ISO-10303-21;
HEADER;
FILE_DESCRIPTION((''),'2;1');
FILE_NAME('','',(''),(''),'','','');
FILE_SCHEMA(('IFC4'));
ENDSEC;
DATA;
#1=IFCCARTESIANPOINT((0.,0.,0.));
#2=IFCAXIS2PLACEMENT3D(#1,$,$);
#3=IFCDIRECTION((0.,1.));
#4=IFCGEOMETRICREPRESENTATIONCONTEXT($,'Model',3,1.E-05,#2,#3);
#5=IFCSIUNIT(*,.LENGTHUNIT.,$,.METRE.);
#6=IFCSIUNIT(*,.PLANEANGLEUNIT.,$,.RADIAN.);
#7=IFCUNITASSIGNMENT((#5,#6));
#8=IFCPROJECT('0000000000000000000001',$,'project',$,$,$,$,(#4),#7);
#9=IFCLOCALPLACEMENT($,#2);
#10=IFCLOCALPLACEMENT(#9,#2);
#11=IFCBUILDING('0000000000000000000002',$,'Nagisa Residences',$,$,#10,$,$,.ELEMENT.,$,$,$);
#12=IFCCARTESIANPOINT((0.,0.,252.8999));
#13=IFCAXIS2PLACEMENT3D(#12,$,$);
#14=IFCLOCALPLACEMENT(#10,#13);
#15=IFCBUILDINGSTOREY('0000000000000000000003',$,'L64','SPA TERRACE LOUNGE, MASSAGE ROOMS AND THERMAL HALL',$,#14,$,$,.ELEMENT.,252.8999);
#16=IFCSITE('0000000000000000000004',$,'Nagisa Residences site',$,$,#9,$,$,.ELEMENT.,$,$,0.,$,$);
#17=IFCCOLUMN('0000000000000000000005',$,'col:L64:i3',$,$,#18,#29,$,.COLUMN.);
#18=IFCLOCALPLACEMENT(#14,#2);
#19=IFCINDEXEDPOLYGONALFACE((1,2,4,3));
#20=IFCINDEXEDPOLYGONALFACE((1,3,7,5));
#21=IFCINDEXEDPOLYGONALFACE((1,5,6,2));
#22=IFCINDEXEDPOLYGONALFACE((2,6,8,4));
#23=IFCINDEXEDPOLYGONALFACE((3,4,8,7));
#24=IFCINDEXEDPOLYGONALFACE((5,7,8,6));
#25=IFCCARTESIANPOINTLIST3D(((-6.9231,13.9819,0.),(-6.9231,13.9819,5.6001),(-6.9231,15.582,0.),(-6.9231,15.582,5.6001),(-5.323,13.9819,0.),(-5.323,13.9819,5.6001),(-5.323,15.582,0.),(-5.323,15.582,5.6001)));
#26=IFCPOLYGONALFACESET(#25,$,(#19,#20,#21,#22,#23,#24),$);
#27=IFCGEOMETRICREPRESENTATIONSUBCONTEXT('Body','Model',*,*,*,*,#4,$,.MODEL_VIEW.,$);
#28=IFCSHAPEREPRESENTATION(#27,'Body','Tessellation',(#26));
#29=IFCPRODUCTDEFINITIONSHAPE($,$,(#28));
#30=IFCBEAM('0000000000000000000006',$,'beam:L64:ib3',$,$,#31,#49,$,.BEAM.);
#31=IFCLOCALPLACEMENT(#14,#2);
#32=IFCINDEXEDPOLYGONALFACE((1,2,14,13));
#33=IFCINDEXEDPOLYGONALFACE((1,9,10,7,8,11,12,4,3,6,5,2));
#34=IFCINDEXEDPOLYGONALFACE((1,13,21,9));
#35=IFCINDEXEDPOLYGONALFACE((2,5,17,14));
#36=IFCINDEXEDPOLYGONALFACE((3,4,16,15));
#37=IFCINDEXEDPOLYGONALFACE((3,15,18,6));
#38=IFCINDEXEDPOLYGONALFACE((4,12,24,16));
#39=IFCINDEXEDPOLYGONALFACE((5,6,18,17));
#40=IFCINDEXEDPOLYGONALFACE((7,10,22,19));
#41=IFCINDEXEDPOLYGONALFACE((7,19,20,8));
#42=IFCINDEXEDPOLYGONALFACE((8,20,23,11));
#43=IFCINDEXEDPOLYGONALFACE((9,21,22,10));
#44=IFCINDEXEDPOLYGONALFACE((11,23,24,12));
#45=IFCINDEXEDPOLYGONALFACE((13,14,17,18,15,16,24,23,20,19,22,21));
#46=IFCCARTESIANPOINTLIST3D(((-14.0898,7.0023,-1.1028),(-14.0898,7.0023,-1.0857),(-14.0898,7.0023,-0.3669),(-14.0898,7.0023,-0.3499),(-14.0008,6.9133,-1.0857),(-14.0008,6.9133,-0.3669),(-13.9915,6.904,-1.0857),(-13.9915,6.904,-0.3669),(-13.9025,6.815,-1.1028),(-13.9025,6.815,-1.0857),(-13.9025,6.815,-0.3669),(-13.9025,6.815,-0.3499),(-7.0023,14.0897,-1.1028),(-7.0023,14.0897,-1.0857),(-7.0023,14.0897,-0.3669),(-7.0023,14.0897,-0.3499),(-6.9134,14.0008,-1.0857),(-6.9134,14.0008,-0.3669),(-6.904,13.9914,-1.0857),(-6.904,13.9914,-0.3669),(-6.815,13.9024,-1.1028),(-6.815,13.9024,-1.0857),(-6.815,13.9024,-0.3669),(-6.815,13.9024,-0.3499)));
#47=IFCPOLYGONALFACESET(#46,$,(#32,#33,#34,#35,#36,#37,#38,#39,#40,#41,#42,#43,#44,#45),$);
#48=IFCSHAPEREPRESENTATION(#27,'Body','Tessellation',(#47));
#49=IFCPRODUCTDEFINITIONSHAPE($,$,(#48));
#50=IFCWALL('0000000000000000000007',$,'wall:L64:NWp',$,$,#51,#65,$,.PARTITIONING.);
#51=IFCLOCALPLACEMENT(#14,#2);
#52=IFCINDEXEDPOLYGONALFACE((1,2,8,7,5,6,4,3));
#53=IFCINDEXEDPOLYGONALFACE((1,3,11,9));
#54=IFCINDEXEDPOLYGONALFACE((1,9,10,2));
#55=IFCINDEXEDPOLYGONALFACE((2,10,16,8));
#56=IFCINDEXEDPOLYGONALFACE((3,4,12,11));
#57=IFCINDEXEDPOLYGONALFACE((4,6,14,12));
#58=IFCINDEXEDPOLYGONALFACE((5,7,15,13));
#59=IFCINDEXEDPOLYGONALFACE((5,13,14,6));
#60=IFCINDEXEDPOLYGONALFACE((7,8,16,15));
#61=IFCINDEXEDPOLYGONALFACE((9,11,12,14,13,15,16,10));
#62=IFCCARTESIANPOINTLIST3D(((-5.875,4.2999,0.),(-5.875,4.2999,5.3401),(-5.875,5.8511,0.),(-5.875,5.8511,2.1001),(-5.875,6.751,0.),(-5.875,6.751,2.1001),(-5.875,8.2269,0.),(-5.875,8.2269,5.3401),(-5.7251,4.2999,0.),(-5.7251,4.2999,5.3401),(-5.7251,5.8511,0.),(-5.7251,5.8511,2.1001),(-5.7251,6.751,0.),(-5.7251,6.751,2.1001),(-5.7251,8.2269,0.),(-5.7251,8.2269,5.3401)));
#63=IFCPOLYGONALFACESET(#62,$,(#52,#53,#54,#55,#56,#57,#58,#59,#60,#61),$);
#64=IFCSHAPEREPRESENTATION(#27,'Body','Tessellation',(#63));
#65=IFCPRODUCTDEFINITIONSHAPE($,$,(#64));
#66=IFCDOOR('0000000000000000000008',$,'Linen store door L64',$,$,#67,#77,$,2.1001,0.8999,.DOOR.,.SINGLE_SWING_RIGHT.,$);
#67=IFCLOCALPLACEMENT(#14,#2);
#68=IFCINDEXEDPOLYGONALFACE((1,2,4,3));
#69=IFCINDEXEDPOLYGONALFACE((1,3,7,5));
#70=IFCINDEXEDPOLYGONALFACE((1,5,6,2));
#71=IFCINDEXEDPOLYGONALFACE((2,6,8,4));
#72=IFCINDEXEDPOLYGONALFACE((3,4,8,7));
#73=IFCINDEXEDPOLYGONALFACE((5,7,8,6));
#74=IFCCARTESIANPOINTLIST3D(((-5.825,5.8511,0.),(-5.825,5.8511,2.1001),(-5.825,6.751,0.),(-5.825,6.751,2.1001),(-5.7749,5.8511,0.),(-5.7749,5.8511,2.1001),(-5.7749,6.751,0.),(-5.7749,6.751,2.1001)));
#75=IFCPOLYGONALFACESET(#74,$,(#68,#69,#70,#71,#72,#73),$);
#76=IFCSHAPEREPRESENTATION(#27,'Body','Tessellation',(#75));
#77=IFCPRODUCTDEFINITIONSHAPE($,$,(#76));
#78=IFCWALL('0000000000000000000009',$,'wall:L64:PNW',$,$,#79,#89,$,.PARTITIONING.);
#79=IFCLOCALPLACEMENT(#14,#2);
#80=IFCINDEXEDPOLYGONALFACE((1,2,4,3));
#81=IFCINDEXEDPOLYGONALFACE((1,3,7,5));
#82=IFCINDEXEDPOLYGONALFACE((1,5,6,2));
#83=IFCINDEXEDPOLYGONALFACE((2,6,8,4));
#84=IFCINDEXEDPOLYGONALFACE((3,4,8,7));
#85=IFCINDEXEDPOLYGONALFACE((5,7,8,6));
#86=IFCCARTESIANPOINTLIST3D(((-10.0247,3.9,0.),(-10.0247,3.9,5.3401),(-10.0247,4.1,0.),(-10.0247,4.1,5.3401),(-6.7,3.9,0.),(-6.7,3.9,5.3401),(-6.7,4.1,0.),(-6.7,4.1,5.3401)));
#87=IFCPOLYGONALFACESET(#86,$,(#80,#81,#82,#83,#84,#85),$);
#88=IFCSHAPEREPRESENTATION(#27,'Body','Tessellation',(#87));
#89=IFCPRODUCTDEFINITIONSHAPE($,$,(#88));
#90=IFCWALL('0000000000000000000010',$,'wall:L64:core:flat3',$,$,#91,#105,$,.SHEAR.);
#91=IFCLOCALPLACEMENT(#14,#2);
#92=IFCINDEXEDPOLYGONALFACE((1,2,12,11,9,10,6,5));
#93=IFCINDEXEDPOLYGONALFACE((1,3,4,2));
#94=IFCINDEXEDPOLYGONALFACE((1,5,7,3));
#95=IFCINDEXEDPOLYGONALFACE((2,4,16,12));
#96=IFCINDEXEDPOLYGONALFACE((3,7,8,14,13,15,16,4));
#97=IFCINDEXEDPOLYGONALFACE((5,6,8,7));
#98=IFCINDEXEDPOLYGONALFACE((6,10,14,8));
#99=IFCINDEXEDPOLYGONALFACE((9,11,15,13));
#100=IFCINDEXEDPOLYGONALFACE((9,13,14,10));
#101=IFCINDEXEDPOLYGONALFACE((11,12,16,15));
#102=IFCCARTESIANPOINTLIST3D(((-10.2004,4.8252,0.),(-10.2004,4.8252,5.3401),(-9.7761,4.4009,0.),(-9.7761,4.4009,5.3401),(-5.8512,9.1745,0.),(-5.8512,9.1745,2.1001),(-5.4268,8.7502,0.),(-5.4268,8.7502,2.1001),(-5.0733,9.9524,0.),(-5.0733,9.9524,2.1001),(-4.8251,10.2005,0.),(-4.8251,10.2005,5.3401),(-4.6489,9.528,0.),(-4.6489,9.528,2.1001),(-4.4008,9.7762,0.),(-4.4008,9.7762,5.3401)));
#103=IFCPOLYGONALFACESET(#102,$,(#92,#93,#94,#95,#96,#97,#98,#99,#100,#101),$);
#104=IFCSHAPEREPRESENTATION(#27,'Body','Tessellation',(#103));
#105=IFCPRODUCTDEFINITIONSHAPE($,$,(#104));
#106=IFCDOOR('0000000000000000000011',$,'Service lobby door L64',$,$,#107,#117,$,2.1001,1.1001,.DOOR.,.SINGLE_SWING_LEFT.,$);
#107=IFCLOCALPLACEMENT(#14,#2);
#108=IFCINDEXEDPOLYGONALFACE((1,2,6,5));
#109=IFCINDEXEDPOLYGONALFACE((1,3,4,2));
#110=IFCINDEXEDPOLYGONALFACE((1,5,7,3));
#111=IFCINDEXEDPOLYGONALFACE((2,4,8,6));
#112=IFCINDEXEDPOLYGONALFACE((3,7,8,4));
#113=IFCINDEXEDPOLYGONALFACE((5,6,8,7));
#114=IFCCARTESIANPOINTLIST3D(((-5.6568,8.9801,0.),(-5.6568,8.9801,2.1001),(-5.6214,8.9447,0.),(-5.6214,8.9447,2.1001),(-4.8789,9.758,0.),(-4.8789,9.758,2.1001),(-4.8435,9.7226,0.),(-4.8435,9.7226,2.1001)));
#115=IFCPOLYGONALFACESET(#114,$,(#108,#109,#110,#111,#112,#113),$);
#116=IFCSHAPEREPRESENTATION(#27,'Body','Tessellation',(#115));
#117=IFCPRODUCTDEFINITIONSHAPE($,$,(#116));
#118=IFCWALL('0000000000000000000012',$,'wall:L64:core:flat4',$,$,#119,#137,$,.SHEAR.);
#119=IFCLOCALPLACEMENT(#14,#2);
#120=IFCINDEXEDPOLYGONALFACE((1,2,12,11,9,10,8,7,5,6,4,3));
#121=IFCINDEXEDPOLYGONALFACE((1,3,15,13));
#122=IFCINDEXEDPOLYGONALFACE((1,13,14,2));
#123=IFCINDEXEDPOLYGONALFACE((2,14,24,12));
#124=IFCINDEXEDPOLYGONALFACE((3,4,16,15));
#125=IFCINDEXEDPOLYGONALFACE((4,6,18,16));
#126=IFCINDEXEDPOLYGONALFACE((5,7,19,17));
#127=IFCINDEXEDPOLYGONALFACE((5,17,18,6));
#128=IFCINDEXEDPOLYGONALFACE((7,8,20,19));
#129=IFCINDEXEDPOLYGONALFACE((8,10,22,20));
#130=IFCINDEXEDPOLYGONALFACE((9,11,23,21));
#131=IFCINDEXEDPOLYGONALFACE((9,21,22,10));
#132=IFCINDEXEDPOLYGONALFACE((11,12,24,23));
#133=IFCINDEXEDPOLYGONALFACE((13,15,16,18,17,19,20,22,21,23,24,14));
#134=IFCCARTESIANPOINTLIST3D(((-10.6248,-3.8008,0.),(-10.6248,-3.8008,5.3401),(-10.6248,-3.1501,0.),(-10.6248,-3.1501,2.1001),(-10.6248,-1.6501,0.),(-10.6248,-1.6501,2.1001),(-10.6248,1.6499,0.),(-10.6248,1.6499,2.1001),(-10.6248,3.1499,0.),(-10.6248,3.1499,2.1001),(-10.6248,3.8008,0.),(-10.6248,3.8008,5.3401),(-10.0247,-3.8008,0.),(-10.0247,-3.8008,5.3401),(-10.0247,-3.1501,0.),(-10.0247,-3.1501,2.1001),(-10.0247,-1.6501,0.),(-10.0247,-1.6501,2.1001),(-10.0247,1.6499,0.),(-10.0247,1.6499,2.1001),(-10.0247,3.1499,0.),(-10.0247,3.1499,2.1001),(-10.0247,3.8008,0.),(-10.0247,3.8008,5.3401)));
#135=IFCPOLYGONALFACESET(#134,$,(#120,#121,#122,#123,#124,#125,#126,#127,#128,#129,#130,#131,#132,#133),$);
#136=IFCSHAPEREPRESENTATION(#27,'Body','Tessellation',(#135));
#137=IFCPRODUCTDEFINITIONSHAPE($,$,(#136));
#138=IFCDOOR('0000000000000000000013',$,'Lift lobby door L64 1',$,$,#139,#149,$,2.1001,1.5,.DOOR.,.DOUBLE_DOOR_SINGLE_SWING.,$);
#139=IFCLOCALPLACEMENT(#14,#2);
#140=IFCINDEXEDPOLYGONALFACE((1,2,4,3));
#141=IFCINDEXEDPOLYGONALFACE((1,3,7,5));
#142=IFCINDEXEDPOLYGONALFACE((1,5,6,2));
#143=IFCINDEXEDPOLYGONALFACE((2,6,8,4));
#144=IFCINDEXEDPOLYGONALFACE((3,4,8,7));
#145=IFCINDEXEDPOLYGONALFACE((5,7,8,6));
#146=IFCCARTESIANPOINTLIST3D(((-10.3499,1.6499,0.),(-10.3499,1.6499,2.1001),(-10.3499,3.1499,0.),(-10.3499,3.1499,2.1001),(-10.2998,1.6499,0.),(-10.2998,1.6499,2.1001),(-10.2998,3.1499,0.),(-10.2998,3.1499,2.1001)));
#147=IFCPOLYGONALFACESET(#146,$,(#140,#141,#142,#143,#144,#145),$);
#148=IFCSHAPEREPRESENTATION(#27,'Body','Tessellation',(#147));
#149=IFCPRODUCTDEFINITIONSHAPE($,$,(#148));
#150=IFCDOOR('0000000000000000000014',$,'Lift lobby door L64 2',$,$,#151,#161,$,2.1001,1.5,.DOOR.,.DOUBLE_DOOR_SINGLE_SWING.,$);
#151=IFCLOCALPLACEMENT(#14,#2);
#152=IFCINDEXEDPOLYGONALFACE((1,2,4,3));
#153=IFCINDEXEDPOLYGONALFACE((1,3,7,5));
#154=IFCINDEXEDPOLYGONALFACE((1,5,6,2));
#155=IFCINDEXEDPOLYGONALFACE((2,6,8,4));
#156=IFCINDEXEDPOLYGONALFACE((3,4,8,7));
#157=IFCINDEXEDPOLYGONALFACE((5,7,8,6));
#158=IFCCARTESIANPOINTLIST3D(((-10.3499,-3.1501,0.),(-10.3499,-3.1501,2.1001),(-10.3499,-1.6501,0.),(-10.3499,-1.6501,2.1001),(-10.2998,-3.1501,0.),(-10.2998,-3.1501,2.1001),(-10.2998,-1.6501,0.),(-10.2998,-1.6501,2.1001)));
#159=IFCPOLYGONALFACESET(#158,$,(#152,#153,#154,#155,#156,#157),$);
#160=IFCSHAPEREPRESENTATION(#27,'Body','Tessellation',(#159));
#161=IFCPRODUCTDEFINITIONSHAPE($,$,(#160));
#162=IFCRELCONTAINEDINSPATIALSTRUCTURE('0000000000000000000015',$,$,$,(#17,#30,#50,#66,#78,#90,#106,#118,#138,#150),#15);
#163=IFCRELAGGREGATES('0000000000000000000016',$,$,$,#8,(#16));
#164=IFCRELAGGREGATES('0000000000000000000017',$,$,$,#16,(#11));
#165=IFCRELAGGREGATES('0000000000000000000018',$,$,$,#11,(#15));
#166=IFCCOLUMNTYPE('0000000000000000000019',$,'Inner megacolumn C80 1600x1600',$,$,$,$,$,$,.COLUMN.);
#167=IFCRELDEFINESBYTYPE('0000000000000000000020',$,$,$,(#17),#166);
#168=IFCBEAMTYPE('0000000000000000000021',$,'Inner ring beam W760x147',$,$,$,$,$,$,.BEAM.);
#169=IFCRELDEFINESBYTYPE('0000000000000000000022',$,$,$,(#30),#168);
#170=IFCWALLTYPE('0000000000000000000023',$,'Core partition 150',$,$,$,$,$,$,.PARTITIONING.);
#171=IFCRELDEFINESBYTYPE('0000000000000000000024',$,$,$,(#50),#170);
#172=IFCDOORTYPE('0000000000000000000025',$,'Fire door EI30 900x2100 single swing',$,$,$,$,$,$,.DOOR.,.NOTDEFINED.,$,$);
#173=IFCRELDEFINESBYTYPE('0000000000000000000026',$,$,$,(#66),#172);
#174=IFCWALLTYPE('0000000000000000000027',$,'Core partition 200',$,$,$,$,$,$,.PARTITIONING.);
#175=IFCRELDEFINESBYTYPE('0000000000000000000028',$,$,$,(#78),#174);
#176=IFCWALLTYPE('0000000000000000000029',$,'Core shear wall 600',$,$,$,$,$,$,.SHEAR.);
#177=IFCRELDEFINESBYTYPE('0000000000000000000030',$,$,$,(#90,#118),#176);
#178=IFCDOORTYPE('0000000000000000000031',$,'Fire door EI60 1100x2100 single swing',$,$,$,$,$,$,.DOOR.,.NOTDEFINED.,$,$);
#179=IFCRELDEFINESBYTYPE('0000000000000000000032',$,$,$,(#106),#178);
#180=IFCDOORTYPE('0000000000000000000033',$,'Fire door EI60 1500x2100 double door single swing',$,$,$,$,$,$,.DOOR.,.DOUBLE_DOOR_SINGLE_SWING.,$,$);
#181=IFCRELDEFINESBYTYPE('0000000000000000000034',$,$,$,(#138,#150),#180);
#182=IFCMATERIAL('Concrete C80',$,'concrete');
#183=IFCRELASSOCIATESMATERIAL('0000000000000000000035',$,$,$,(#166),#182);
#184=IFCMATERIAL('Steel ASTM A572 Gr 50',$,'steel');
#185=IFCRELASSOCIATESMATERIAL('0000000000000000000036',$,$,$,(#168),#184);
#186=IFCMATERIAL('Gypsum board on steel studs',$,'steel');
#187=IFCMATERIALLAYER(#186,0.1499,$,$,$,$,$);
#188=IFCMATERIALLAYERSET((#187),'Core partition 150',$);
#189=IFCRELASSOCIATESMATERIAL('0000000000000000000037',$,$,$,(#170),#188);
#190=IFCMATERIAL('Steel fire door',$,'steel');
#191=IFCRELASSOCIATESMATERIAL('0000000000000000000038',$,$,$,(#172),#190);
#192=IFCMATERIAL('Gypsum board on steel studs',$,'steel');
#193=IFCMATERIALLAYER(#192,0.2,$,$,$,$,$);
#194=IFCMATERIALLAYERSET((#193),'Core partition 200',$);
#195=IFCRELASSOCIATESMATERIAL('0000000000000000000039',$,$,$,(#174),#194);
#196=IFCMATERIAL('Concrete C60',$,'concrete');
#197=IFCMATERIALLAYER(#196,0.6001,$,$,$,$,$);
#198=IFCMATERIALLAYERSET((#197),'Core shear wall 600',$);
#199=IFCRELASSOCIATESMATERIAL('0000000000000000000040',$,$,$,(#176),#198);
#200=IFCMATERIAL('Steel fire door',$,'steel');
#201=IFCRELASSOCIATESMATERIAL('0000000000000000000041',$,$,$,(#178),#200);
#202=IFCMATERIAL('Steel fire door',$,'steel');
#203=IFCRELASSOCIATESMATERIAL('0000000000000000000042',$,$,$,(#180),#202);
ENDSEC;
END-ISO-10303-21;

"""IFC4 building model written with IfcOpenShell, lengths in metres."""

from ifc_helpers import new_model, si_unit, direction, frame, frame_2d, origin, origin_2d, place, context, subcontext, project, spatial, rectangle, i_section, extrude, material, layer, layer_set, material_profile, profile_set, type_object, element, fill, save


model = new_model("IFC4")

# Units and contexts
model_context = context("Model", 3, precision=1e-05, world=origin(), true_north=direction((0.0, 1.0)))
body_context = subcontext(model_context, "Body", "Model", "MODEL_VIEW")
ifc_project = project(units=[si_unit("LENGTHUNIT", "METRE"), si_unit("PLANEANGLEUNIT", "RADIAN")], contexts=[model_context])

# Site, building, storey
site_placement = place(None, origin())
site = spatial("IfcSite", under=ifc_project, at=site_placement, Name="Nagisa Residences site", CompositionType="ELEMENT", RefElevation=0.0)
building_placement = place(site_placement, origin())
building = spatial("IfcBuilding", under=site, at=building_placement, Name="Nagisa Residences", CompositionType="ELEMENT")
storey_placement = place(building_placement, frame((0.0, 0.0, 252.8999)))
storey = spatial("IfcBuildingStorey", under=building, at=storey_placement, Name="L64", Description="SPA TERRACE LOUNGE, MASSAGE ROOMS AND THERMAL HALL", CompositionType="ELEMENT", Elevation=252.8999)

# Column
ifc_material_1 = material(Name="Concrete C80", Category="concrete")
ifc_material_profile_1 = material_profile(ifc_material_1, rectangle(XDim=1.6001, YDim=1.6001, at=origin_2d()), Name="C80 1600x1600")
ifc_profile_set_1 = profile_set([ifc_material_profile_1], Name="Concrete C80")
column_type = type_object("IfcColumnType", Name="Inner megacolumn C80 1600x1600", PredefinedType="COLUMN", material=ifc_profile_set_1)
column_placement = place(storey_placement, frame((-6.123, 14.782, 0.0), z_axis=(0.0, 0.0, 1.0), x_axis=(1.0, 0.0, 0.0)))
element("IfcColumn", 1, at=column_placement, inside=storey, type_object=column_type, Name="col:L64:i3", PredefinedType="COLUMN", context=body_context, shape_type="SweptSolid", body=[
    extrude(rectangle(XDim=1.6001, YDim=1.6001, at=origin_2d()), origin(), (0.0, 0.0, 1.0), 5.6001),
])

# Beam
ifc_material_2 = material(Name="Steel ASTM A572 Gr 50", Category="steel")
ifc_material_profile_2 = material_profile(ifc_material_2, i_section(OverallWidth=0.2649, OverallDepth=0.7529, WebThickness=0.0132, FlangeThickness=0.0171, at=origin_2d()), Name="W760x147")
ifc_profile_set_2 = profile_set([ifc_material_profile_2], Name="Steel ASTM A572 Gr 50")
beam_type = type_object("IfcBeamType", Name="Inner ring beam W760x147", PredefinedType="BEAM", material=ifc_profile_set_2)
beam_placement = place(storey_placement, frame((-6.9087, 13.9961, -0.7263), z_axis=(-0.707107, -0.707107, 0.0), x_axis=(0.707107, -0.707107, 0.0)))
element("IfcBeam", 2, at=beam_placement, inside=storey, type_object=beam_type, Name="beam:L64:ib3", PredefinedType="BEAM", context=body_context, shape_type="SweptSolid", body=[
    extrude(i_section(OverallWidth=0.2649, OverallDepth=0.7529, WebThickness=0.0132, FlangeThickness=0.0171, at=origin_2d()), origin(), (0.0, 0.0, 1.0), 10.0232),
])

# Wall, opening, door
ifc_material_3 = material(Name="Gypsum board on steel studs", Category="steel")
ifc_layer_1 = layer(ifc_material_3, 0.1499)
ifc_layer_set_1 = layer_set([ifc_layer_1], Name="Core partition 150")
wall_type_1 = type_object("IfcWallType", Name="Core partition 150", PredefinedType="PARTITIONING", material=ifc_layer_set_1)
wall_1_placement = place(storey_placement, frame((-5.8, 4.3, 0.0), z_axis=(0.0, 0.0, 1.0), x_axis=(0.0, 1.0, 0.0)))
wall_1 = element("IfcWall", 3, at=wall_1_placement, inside=storey, type_object=wall_type_1, Name="wall:L64:NWp", PredefinedType="PARTITIONING", context=body_context, shape_type="SweptSolid", body=[
    extrude(rectangle(XDim=3.927, YDim=0.1499, at=frame_2d((1.9634, 0.0))), origin(), (0.0, 0.0, 1.0), 5.3401),
])
opening_1_placement = place(wall_1_placement, frame((1.551, 0.0, 0.0)))
opening_1 = element("IfcOpeningElement", 4, at=opening_1_placement, cuts=wall_1, PredefinedType="OPENING", context=body_context, shape_type="SweptSolid", body=[
    extrude(rectangle(XDim=0.8999, YDim=2.1001, at=frame_2d((0.45, 1.05))), frame((0.0, 0.085, 0.0), z_axis=(0.0, -1.0, 0.0), x_axis=(1.0, 0.0, 0.0)), (0.0, 0.0, 1.0), 0.1699),
])
ifc_material_4 = material(Name="Steel fire door", Category="steel")
door_type_1 = type_object("IfcDoorType", Name="Fire door EI30 900x2100 single swing", OperationType="NOTDEFINED", PredefinedType="DOOR", material=ifc_material_4)
door_1_placement = place(opening_1_placement, origin())
door_1 = element("IfcDoor", 5, at=door_1_placement, inside=storey, type_object=door_type_1, Name="Linen store door L64", OperationType="SINGLE_SWING_RIGHT", OverallHeight=2.1001, OverallWidth=0.8999, PredefinedType="DOOR", context=body_context, shape_type="SweptSolid", body=[
    extrude(rectangle(XDim=0.8999, YDim=2.1001, at=frame_2d((0.45, 1.05))), frame((0.0, 0.0249, 0.0), z_axis=(0.0, -1.0, 0.0), x_axis=(1.0, 0.0, 0.0)), (0.0, 0.0, 1.0), 0.05),
])
fill(opening_1, door_1)

# Wall
ifc_material_5 = material(Name="Gypsum board on steel studs", Category="steel")
ifc_layer_2 = layer(ifc_material_5, 0.2)
ifc_layer_set_2 = layer_set([ifc_layer_2], Name="Core partition 200")
wall_type_2 = type_object("IfcWallType", Name="Core partition 200", PredefinedType="PARTITIONING", material=ifc_layer_set_2)
wall_2_placement = place(storey_placement, frame((-10.0247, 4.0, 0.0), z_axis=(0.0, 0.0, 1.0), x_axis=(1.0, 0.0, 0.0)))
element("IfcWall", 6, at=wall_2_placement, inside=storey, type_object=wall_type_2, Name="wall:L64:PNW", PredefinedType="PARTITIONING", context=body_context, shape_type="SweptSolid", body=[
    extrude(rectangle(XDim=3.3247, YDim=0.2, at=frame_2d((1.6624, 0.0))), origin(), (0.0, 0.0, 1.0), 5.3401),
])

# Wall, opening, door
ifc_material_6 = material(Name="Concrete C60", Category="concrete")
ifc_layer_3 = layer(ifc_material_6, 0.6001)
ifc_layer_set_3 = layer_set([ifc_layer_3], Name="Core shear wall 600")
wall_type_3 = type_object("IfcWallType", Name="Core shear wall 600", PredefinedType="SHEAR", material=ifc_layer_set_3)
wall_3_placement = place(storey_placement, frame((-4.613, 9.9883, 0.0), z_axis=(0.0, 0.0, 1.0), x_axis=(-0.707107, -0.707107, 0.0)))
wall_3 = element("IfcWall", 7, at=wall_3_placement, inside=storey, type_object=wall_type_3, Name="wall:L64:core:flat3", PredefinedType="SHEAR", context=body_context, shape_type="SweptSolid", body=[
    extrude(rectangle(XDim=7.6018, YDim=0.6001, at=frame_2d((3.8008, 0.0))), origin(), (0.0, 0.0, 1.0), 5.3401),
])
opening_2_placement = place(wall_3_placement, frame((0.3508, 0.0, 0.0)))
opening_2 = element("IfcOpeningElement", 8, at=opening_2_placement, cuts=wall_3, PredefinedType="OPENING", context=body_context, shape_type="SweptSolid", body=[
    extrude(rectangle(XDim=1.1001, YDim=2.1001, at=frame_2d((0.55, 1.05))), frame((0.0, 0.3101, 0.0), z_axis=(0.0, -1.0, 0.0), x_axis=(1.0, 0.0, 0.0)), (0.0, 0.0, 1.0), 0.6201),
])
ifc_material_7 = material(Name="Steel fire door", Category="steel")
door_type_2 = type_object("IfcDoorType", Name="Fire door EI60 1100x2100 single swing", OperationType="NOTDEFINED", PredefinedType="DOOR", material=ifc_material_7)
door_2_placement = place(opening_2_placement, origin())
door_2 = element("IfcDoor", 9, at=door_2_placement, inside=storey, type_object=door_type_2, Name="Service lobby door L64", OperationType="SINGLE_SWING_LEFT", OverallHeight=2.1001, OverallWidth=1.1001, PredefinedType="DOOR", context=body_context, shape_type="SweptSolid", body=[
    extrude(rectangle(XDim=1.1001, YDim=2.1001, at=frame_2d((0.55, 1.05))), frame((0.0, 0.0249, 0.0), z_axis=(0.0, -1.0, 0.0), x_axis=(1.0, 0.0, 0.0)), (0.0, 0.0, 1.0), 0.05),
])
fill(opening_2, door_2)

# Wall, openings, doors
wall_4_placement = place(storey_placement, frame((-10.3247, 3.8008, 0.0), z_axis=(0.0, 0.0, 1.0), x_axis=(0.0, -1.0, 0.0)))
wall_4 = element("IfcWall", 10, at=wall_4_placement, inside=storey, type_object=wall_type_3, Name="wall:L64:core:flat4", PredefinedType="SHEAR", context=body_context, shape_type="SweptSolid", body=[
    extrude(rectangle(XDim=7.6016, YDim=0.6001, at=frame_2d((3.8008, 0.0))), origin(), (0.0, 0.0, 1.0), 5.3401),
])
opening_3_placement = place(wall_4_placement, frame((0.6509, 0.0, 0.0)))
opening_3 = element("IfcOpeningElement", 11, at=opening_3_placement, cuts=wall_4, PredefinedType="OPENING", context=body_context, shape_type="SweptSolid", body=[
    extrude(rectangle(XDim=1.5, YDim=2.1001, at=frame_2d((0.75, 1.05))), frame((0.0, 0.3101, 0.0), z_axis=(0.0, -1.0, 0.0), x_axis=(1.0, 0.0, 0.0)), (0.0, 0.0, 1.0), 0.6201),
])
opening_4_placement = place(wall_4_placement, frame((5.4509, 0.0, 0.0)))
opening_4 = element("IfcOpeningElement", 12, at=opening_4_placement, cuts=wall_4, PredefinedType="OPENING", context=body_context, shape_type="SweptSolid", body=[
    extrude(rectangle(XDim=1.5, YDim=2.1001, at=frame_2d((0.75, 1.05))), frame((0.0, 0.3101, 0.0), z_axis=(0.0, -1.0, 0.0), x_axis=(1.0, 0.0, 0.0)), (0.0, 0.0, 1.0), 0.6201),
])
ifc_material_8 = material(Name="Steel fire door", Category="steel")
door_type_3 = type_object("IfcDoorType", Name="Fire door EI60 1500x2100 double door single swing", OperationType="DOUBLE_DOOR_SINGLE_SWING", PredefinedType="DOOR", material=ifc_material_8)
door_3_placement = place(opening_3_placement, origin())
door_3 = element("IfcDoor", 13, at=door_3_placement, inside=storey, type_object=door_type_3, Name="Lift lobby door L64 1", OperationType="DOUBLE_DOOR_SINGLE_SWING", OverallHeight=2.1001, OverallWidth=1.5, PredefinedType="DOOR", context=body_context, shape_type="SweptSolid", body=[
    extrude(rectangle(XDim=1.5, YDim=2.1001, at=frame_2d((0.75, 1.05))), frame((0.0, 0.0249, 0.0), z_axis=(0.0, -1.0, 0.0), x_axis=(1.0, 0.0, 0.0)), (0.0, 0.0, 1.0), 0.05),
])
fill(opening_3, door_3)
door_4_placement = place(opening_4_placement, origin())
door_4 = element("IfcDoor", 14, at=door_4_placement, inside=storey, type_object=door_type_3, Name="Lift lobby door L64 2", OperationType="DOUBLE_DOOR_SINGLE_SWING", OverallHeight=2.1001, OverallWidth=1.5, PredefinedType="DOOR", context=body_context, shape_type="SweptSolid", body=[
    extrude(rectangle(XDim=1.5, YDim=2.1001, at=frame_2d((0.75, 1.05))), frame((0.0, 0.0249, 0.0), z_axis=(0.0, -1.0, 0.0), x_axis=(1.0, 0.0, 0.0)), (0.0, 0.0, 1.0), 0.05),
])
fill(opening_4, door_4)

save(model, "model.ifc")
